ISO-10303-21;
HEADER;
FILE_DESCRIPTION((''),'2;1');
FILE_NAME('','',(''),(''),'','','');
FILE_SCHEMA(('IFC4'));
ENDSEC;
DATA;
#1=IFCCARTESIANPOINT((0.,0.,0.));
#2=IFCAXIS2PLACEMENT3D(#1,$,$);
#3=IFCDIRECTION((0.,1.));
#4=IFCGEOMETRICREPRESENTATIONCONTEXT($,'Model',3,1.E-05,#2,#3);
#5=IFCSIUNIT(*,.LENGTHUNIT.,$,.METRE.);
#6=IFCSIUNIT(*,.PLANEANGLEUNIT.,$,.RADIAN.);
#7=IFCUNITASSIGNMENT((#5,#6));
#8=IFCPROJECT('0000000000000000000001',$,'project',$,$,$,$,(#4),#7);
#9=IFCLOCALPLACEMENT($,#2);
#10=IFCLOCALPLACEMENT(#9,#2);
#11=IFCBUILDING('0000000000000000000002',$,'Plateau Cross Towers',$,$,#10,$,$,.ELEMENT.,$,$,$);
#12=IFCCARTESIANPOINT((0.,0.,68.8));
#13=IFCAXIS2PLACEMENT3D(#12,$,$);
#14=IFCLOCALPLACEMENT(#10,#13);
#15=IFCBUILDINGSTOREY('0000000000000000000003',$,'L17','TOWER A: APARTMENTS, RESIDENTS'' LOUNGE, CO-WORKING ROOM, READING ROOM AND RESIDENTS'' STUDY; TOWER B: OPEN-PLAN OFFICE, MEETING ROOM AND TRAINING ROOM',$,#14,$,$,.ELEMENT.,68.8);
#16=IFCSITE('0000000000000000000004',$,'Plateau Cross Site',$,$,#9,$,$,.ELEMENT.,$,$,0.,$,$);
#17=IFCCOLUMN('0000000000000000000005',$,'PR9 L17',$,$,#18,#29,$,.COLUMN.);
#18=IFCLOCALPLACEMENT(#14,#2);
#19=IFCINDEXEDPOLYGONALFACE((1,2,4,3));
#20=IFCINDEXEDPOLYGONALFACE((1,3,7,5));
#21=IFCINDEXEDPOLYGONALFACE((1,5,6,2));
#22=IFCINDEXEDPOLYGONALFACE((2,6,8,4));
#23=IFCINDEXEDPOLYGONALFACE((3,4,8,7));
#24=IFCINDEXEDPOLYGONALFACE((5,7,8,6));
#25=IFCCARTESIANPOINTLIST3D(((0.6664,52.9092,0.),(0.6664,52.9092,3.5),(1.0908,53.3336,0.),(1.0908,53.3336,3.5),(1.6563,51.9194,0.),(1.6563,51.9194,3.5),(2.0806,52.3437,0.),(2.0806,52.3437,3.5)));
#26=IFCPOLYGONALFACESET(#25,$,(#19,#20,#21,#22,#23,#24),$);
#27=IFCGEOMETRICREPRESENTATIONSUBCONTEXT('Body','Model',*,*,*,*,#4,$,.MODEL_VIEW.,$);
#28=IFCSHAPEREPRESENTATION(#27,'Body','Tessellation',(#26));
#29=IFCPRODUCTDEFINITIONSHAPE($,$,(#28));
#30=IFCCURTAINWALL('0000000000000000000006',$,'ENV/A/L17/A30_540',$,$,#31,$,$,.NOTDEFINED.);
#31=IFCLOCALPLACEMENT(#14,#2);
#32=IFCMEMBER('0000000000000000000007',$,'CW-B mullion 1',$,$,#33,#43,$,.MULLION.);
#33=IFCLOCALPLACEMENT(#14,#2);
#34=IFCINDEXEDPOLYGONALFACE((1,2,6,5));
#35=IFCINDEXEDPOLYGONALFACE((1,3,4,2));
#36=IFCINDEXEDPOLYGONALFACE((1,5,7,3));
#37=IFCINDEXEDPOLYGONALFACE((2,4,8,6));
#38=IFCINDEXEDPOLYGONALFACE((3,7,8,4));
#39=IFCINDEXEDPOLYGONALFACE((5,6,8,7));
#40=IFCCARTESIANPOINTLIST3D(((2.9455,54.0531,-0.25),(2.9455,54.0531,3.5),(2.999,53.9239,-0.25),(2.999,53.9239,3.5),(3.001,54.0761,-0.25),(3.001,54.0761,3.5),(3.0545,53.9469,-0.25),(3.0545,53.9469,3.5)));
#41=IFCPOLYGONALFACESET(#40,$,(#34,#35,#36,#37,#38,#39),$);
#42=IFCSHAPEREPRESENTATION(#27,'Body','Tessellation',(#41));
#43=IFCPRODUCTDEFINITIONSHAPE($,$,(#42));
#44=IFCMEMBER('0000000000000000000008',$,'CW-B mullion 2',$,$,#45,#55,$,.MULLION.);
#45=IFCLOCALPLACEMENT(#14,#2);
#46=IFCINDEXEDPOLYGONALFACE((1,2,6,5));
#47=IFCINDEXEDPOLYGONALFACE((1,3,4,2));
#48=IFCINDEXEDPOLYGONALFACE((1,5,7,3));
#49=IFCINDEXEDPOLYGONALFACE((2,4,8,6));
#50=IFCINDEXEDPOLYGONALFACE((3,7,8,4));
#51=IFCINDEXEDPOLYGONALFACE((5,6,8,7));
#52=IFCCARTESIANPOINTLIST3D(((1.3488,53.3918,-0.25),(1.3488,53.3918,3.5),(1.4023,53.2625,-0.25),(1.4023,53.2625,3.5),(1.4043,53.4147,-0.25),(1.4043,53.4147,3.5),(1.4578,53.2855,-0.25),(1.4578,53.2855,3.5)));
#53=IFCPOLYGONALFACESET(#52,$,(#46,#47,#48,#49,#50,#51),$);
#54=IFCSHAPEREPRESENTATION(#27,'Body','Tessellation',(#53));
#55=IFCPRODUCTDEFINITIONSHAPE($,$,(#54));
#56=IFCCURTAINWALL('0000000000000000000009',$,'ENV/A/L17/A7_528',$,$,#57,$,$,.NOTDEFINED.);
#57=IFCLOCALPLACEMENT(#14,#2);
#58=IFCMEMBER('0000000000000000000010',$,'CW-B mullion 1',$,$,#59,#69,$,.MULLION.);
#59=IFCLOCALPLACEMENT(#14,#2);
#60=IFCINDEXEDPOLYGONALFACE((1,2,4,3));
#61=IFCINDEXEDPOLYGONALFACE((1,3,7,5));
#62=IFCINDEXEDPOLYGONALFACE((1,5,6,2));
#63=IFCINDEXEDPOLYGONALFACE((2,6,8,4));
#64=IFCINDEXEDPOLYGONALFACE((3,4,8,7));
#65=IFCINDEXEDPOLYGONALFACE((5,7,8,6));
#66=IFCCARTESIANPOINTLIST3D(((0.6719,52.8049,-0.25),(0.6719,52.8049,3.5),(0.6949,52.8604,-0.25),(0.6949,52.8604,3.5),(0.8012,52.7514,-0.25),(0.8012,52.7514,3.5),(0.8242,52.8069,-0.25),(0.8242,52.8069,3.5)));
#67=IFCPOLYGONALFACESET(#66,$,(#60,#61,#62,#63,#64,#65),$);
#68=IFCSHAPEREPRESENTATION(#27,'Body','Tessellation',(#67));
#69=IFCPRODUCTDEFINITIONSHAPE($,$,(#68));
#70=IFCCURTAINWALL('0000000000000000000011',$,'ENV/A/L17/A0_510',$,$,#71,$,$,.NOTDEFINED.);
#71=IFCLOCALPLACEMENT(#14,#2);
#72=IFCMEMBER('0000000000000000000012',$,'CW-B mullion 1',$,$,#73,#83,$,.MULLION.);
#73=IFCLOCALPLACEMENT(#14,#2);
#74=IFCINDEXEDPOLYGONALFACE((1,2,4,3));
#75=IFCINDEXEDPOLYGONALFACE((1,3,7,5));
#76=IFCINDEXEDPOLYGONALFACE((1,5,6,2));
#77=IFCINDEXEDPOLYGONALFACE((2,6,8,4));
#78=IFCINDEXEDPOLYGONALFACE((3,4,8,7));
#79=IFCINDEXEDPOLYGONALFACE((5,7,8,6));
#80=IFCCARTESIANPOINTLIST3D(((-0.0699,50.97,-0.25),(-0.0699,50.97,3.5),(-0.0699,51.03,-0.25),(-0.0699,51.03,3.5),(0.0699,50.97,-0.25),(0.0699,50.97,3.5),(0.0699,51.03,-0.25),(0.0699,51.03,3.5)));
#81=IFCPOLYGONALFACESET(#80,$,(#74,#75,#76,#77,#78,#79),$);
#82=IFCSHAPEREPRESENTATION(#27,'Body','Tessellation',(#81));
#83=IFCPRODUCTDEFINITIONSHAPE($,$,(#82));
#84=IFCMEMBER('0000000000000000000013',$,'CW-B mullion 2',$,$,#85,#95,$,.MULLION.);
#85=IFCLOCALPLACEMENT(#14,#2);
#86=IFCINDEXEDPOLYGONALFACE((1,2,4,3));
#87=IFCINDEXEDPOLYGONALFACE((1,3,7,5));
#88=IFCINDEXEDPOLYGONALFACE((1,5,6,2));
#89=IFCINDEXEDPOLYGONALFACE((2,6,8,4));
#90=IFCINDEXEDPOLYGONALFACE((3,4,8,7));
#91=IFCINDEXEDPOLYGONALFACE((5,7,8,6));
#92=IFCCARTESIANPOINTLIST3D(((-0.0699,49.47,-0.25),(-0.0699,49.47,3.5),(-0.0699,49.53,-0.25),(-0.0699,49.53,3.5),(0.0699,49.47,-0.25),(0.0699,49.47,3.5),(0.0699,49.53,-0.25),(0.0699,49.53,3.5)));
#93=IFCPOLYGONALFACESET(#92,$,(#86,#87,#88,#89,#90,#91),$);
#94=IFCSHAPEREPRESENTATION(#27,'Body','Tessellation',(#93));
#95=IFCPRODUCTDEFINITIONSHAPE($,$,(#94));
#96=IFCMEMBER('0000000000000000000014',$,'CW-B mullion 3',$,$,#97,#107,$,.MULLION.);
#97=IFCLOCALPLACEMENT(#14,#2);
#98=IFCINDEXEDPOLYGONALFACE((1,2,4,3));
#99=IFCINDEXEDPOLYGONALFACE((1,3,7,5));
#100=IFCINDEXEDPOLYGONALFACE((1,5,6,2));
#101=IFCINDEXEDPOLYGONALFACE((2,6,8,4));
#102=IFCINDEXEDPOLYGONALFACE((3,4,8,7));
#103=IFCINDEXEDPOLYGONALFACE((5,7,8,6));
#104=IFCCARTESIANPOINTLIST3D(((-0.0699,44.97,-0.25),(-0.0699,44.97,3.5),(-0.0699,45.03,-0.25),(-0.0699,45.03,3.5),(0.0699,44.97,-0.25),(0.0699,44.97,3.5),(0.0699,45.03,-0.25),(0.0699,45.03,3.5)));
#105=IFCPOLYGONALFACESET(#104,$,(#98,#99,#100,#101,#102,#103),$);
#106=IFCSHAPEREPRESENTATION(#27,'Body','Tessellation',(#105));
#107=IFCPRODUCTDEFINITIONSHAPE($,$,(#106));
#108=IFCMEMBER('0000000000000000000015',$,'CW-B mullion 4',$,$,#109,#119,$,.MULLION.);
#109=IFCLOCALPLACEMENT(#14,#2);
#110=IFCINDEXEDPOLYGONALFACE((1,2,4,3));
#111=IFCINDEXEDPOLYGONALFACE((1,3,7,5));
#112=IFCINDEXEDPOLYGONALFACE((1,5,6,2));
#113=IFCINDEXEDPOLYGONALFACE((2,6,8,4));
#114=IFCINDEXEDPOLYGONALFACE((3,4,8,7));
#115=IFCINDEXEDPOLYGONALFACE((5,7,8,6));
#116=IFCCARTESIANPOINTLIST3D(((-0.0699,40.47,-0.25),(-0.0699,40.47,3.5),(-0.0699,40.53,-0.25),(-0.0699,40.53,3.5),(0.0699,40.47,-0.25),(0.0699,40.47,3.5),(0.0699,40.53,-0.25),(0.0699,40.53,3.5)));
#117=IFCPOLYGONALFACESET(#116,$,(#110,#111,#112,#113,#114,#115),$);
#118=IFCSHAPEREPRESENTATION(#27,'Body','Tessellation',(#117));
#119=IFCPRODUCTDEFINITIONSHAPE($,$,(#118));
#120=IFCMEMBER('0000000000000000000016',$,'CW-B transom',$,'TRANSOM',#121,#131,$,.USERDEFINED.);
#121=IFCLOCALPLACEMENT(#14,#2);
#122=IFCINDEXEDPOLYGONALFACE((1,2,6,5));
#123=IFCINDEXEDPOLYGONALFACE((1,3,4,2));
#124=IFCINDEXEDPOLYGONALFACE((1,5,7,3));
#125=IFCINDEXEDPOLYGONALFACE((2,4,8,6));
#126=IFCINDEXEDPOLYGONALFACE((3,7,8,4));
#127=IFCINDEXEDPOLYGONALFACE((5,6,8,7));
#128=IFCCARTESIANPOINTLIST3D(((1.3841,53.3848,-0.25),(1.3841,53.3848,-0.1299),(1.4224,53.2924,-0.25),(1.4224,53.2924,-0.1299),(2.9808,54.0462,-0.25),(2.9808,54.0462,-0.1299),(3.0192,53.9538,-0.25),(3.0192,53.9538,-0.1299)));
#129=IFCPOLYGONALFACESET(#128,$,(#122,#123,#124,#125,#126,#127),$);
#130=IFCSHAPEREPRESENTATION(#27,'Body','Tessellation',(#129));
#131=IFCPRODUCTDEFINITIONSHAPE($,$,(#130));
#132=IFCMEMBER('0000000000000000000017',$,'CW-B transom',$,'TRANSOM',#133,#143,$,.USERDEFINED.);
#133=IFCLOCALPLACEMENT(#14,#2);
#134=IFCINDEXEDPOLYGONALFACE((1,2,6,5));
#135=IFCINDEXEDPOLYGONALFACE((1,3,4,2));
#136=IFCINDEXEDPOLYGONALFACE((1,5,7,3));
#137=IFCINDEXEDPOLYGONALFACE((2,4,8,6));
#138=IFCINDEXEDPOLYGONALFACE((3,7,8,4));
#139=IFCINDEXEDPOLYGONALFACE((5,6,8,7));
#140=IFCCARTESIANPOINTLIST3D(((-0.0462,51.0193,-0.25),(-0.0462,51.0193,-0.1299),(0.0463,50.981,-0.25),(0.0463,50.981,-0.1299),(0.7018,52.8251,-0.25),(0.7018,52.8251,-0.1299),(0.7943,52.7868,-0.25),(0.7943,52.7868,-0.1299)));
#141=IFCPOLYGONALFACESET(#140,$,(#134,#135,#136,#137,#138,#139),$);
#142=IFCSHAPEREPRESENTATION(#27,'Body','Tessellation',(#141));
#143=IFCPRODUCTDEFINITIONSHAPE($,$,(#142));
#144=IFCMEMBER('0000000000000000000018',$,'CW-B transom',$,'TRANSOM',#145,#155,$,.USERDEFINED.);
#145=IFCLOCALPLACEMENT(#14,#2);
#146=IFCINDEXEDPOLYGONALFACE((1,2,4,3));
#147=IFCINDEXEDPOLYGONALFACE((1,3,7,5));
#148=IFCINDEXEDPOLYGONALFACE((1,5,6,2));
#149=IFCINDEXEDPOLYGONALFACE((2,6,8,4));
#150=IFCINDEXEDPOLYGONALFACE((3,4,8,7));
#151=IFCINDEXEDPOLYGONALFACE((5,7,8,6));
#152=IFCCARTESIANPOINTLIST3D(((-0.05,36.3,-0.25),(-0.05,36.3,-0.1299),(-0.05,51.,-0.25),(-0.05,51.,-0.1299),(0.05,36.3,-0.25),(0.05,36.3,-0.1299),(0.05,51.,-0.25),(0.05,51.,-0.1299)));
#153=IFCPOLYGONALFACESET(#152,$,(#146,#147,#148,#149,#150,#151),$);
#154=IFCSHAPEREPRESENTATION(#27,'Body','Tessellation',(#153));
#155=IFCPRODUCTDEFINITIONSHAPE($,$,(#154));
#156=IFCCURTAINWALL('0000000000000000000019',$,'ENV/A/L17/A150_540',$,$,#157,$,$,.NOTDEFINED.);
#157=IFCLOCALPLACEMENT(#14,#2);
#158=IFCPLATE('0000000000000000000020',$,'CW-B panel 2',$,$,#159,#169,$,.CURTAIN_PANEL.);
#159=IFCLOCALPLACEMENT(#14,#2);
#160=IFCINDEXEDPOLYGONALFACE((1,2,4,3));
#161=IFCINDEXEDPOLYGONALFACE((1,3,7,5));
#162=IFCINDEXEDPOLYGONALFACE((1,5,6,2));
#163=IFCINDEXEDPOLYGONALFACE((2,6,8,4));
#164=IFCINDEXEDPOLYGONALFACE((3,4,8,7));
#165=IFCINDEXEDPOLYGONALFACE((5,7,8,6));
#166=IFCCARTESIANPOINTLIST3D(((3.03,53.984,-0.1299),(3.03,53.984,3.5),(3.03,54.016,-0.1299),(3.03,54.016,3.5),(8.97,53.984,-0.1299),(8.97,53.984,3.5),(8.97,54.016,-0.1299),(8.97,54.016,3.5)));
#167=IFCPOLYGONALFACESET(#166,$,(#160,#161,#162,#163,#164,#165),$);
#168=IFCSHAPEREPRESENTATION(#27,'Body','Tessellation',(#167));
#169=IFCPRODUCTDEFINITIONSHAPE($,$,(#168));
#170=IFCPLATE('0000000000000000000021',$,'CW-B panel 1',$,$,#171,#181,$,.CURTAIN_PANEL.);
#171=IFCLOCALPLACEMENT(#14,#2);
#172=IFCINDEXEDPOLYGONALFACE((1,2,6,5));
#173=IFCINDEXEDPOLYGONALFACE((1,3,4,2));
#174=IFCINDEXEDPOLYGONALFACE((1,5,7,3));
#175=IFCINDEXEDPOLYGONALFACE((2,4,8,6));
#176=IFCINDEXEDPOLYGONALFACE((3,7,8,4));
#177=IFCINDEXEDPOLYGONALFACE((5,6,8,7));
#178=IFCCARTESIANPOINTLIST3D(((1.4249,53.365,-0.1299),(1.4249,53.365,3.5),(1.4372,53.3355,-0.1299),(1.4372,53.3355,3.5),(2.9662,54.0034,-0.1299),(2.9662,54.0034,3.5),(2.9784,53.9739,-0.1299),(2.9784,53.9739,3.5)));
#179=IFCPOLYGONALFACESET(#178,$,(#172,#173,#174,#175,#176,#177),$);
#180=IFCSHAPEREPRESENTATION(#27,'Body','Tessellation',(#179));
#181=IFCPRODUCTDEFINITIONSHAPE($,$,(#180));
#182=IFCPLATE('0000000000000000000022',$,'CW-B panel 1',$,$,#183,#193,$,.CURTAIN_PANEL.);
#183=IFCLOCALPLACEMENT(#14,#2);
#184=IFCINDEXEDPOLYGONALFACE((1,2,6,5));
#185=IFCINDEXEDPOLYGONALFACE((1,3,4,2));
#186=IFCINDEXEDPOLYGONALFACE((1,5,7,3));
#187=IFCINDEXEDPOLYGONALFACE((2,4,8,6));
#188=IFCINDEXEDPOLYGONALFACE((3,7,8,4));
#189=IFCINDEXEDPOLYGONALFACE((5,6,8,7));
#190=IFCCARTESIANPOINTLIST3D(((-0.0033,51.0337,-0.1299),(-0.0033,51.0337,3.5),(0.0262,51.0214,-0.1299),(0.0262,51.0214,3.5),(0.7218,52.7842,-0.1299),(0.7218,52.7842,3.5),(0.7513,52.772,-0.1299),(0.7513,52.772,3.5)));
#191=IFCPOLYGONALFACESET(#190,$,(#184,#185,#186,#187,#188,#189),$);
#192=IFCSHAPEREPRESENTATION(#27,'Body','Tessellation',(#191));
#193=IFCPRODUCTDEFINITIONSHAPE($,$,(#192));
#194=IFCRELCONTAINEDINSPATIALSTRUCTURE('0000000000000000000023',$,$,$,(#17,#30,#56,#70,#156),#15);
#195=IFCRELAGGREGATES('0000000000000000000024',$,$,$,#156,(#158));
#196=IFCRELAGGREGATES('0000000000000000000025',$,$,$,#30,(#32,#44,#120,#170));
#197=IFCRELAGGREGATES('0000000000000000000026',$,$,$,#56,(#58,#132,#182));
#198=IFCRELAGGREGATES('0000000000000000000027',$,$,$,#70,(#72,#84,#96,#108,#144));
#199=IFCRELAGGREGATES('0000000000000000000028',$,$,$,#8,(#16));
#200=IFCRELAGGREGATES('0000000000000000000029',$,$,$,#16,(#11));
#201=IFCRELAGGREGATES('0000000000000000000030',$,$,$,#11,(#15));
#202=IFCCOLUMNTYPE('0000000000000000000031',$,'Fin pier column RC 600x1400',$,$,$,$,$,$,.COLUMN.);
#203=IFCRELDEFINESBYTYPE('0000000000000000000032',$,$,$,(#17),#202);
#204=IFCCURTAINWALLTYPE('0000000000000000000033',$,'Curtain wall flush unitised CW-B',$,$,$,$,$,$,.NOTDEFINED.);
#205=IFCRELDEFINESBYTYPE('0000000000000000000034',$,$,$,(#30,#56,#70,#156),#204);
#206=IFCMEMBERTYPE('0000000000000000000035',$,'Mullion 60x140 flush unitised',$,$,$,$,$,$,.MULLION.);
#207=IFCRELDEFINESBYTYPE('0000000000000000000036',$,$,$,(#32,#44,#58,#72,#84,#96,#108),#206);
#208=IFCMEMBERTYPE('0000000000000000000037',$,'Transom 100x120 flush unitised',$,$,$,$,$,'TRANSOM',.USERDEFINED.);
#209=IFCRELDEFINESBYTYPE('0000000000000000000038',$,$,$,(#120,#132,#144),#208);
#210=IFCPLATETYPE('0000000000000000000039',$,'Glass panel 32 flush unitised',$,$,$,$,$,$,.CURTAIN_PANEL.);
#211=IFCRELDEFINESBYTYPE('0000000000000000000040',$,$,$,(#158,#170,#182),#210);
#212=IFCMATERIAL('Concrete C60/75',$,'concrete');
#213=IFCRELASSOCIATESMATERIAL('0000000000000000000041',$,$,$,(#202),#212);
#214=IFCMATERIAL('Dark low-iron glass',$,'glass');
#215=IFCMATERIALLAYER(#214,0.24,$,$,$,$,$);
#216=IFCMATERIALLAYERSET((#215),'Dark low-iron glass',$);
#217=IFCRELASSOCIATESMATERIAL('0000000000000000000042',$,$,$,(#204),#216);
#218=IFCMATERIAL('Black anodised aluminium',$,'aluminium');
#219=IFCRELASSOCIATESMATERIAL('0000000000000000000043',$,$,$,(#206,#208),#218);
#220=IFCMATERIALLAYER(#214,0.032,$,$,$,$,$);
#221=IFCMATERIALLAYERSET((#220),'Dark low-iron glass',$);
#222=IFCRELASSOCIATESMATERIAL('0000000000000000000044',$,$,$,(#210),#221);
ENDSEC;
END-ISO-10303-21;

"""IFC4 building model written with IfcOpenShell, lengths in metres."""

from ifc_helpers import new_model, si_unit, direction, frame, origin, origin_2d, place, context, subcontext, project, spatial, rectangle, extrude, material, layer, layer_set, material_profile, profile_set, type_object, element, aggregate, save


model = new_model("IFC4")

# Units and contexts
model_context = context("Model", 3, precision=1e-05, world=origin(), true_north=direction((0.0, 1.0)))
body_context = subcontext(model_context, "Body", "Model", "MODEL_VIEW")
ifc_project = project(units=[si_unit("LENGTHUNIT", "METRE"), si_unit("PLANEANGLEUNIT", "RADIAN")], contexts=[model_context])

# Site, building, storey
site_placement = place(None, origin())
site = spatial("IfcSite", under=ifc_project, at=site_placement, Name="Plateau Cross Site", CompositionType="ELEMENT", RefElevation=0.0)
building_placement = place(site_placement, origin())
building = spatial("IfcBuilding", under=site, at=building_placement, Name="Plateau Cross Towers", CompositionType="ELEMENT")
storey_placement = place(building_placement, frame((0.0, 0.0, 68.8)))
storey = spatial("IfcBuildingStorey", under=building, at=storey_placement, Name="L17", Description="TOWER A: APARTMENTS, RESIDENTS' LOUNGE, CO-WORKING ROOM, READING ROOM AND RESIDENTS' STUDY; TOWER B: OPEN-PLAN OFFICE, MEETING ROOM AND TRAINING ROOM", CompositionType="ELEMENT", Elevation=68.8)

# Column
ifc_material_1 = material(Name="Concrete C60/75", Category="concrete")
ifc_material_profile_1 = material_profile(ifc_material_1, rectangle(XDim=0.6001, YDim=1.3999, at=origin_2d()), Name="RC 600x1400")
ifc_profile_set_1 = profile_set([ifc_material_profile_1], Name="Concrete C60/75")
column_type = type_object("IfcColumnType", Name="Fin pier column RC 600x1400", PredefinedType="COLUMN", material=ifc_profile_set_1)
column_placement = place(storey_placement, frame((1.3735, 52.6265, 0.0), z_axis=(0.0, 0.0, 1.0), x_axis=(0.707107, 0.707107, 0.0)))
element("IfcColumn", 1, at=column_placement, inside=storey, type_object=column_type, Name="PR9 L17", PredefinedType="COLUMN", context=body_context, shape_type="SweptSolid", body=[
    extrude(rectangle(XDim=0.6001, YDim=1.3999, at=origin_2d()), origin(), (0.0, 0.0, 1.0), 3.5),
])

# Curtain wall, members
ifc_material_2 = material(Name="Dark low-iron glass", Category="glass")
ifc_layer_1 = layer(ifc_material_2, 0.24)
ifc_layer_set_1 = layer_set([ifc_layer_1], Name="Dark low-iron glass")
curtain_wall_type = type_object("IfcCurtainWallType", Name="Curtain wall flush unitised CW-B", PredefinedType="NOTDEFINED", material=ifc_layer_set_1)
curtain_wall_1_placement = place(storey_placement, origin())
curtain_wall_1 = element("IfcCurtainWall", 2, at=curtain_wall_1_placement, inside=storey, type_object=curtain_wall_type, Name="ENV/A/L17/A30_540", PredefinedType="NOTDEFINED")
ifc_material_3 = material(Name="Black anodised aluminium", Category="aluminium")
ifc_material_profile_2 = material_profile(ifc_material_3, rectangle(XDim=0.0601, YDim=0.1399, at=origin_2d()), Name="MULLION 60x140")
ifc_profile_set_2 = profile_set([ifc_material_profile_2], Name="Black anodised aluminium")
member_type_1 = type_object("IfcMemberType", Name="Mullion 60x140 flush unitised", PredefinedType="MULLION", material=ifc_profile_set_2)
member_1_placement = place(storey_placement, frame((3.0, 54.0, -0.25), z_axis=(0.0, 0.0, 1.0), x_axis=(-0.923879, -0.382684, 0.0)))
member_1 = element("IfcMember", 3, at=member_1_placement, type_object=member_type_1, Name="CW-B mullion 1", PredefinedType="MULLION", context=body_context, shape_type="SweptSolid", body=[
    extrude(rectangle(XDim=0.0601, YDim=0.1399, at=origin_2d()), origin(), (0.0, 0.0, 1.0), 3.75),
])
member_2_placement = place(storey_placement, frame((1.4033, 53.3386, -0.25), z_axis=(0.0, 0.0, 1.0), x_axis=(-0.923879, -0.382684, 0.0)))
member_2 = element("IfcMember", 4, at=member_2_placement, type_object=member_type_1, Name="CW-B mullion 2", PredefinedType="MULLION", context=body_context, shape_type="SweptSolid", body=[
    extrude(rectangle(XDim=0.0601, YDim=0.1399, at=origin_2d()), origin(), (0.0, 0.0, 1.0), 3.75),
])

# Curtain wall, member
curtain_wall_2_placement = place(storey_placement, origin())
curtain_wall_2 = element("IfcCurtainWall", 5, at=curtain_wall_2_placement, inside=storey, type_object=curtain_wall_type, Name="ENV/A/L17/A7_528", PredefinedType="NOTDEFINED")
member_3_placement = place(storey_placement, frame((0.748, 52.8059, -0.25), z_axis=(0.0, 0.0, 1.0), x_axis=(-0.382684, -0.923879, 0.0)))
member_3 = element("IfcMember", 6, at=member_3_placement, type_object=member_type_1, Name="CW-B mullion 1", PredefinedType="MULLION", context=body_context, shape_type="SweptSolid", body=[
    extrude(rectangle(XDim=0.0601, YDim=0.1399, at=origin_2d()), origin(), (0.0, 0.0, 1.0), 3.75),
])

# Curtain wall, members
curtain_wall_3_placement = place(storey_placement, origin())
curtain_wall_3 = element("IfcCurtainWall", 7, at=curtain_wall_3_placement, inside=storey, type_object=curtain_wall_type, Name="ENV/A/L17/A0_510", PredefinedType="NOTDEFINED")
member_4_placement = place(storey_placement, frame((0.0, 51.0, -0.25), z_axis=(0.0, 0.0, 1.0), x_axis=(0.0, -1.0, 0.0)))
member_4 = element("IfcMember", 8, at=member_4_placement, type_object=member_type_1, Name="CW-B mullion 1", PredefinedType="MULLION", context=body_context, shape_type="SweptSolid", body=[
    extrude(rectangle(XDim=0.0601, YDim=0.1399, at=origin_2d()), origin(), (0.0, 0.0, 1.0), 3.75),
])
member_5_placement = place(storey_placement, frame((0.0, 49.5, -0.25), z_axis=(0.0, 0.0, 1.0), x_axis=(0.0, -1.0, 0.0)))
member_5 = element("IfcMember", 9, at=member_5_placement, type_object=member_type_1, Name="CW-B mullion 2", PredefinedType="MULLION", context=body_context, shape_type="SweptSolid", body=[
    extrude(rectangle(XDim=0.0601, YDim=0.1399, at=origin_2d()), origin(), (0.0, 0.0, 1.0), 3.75),
])
member_6_placement = place(storey_placement, frame((0.0, 45.0, -0.25), z_axis=(0.0, 0.0, 1.0), x_axis=(0.0, -1.0, 0.0)))
member_6 = element("IfcMember", 10, at=member_6_placement, type_object=member_type_1, Name="CW-B mullion 3", PredefinedType="MULLION", context=body_context, shape_type="SweptSolid", body=[
    extrude(rectangle(XDim=0.0601, YDim=0.1399, at=origin_2d()), origin(), (0.0, 0.0, 1.0), 3.75),
])
member_7_placement = place(storey_placement, frame((0.0, 40.5, -0.25), z_axis=(0.0, 0.0, 1.0), x_axis=(0.0, -1.0, 0.0)))
member_7 = element("IfcMember", 11, at=member_7_placement, type_object=member_type_1, Name="CW-B mullion 4", PredefinedType="MULLION", context=body_context, shape_type="SweptSolid", body=[
    extrude(rectangle(XDim=0.0601, YDim=0.1399, at=origin_2d()), origin(), (0.0, 0.0, 1.0), 3.75),
])

# Members
ifc_material_profile_3 = material_profile(ifc_material_3, rectangle(XDim=0.1001, YDim=0.1201, at=origin_2d()), Name="TRANSOM 100x120")
ifc_profile_set_3 = profile_set([ifc_material_profile_3], Name="Black anodised aluminium")
member_type_2 = type_object("IfcMemberType", Name="Transom 100x120 flush unitised", ElementType="TRANSOM", PredefinedType="USERDEFINED", material=ifc_profile_set_3)
member_8_placement = place(storey_placement, frame((3.0, 54.0, -0.1899), z_axis=(-0.923877, -0.382689, 0.0), x_axis=(0.382689, -0.923877, 0.0)))
member_8 = element("IfcMember", 12, at=member_8_placement, type_object=member_type_2, Name="CW-B transom", ObjectType="TRANSOM", PredefinedType="USERDEFINED", context=body_context, shape_type="SweptSolid", body=[
    extrude(rectangle(XDim=0.1001, YDim=0.1201, at=origin_2d()), origin(), (0.0, 0.0, 1.0), 1.7283),
])
member_9_placement = place(storey_placement, frame((0.748, 52.8059, -0.1899), z_axis=(-0.38269, -0.923877, 0.0), x_axis=(0.923877, -0.38269, 0.0)))
member_9 = element("IfcMember", 13, at=member_9_placement, type_object=member_type_2, Name="CW-B transom", ObjectType="TRANSOM", PredefinedType="USERDEFINED", context=body_context, shape_type="SweptSolid", body=[
    extrude(rectangle(XDim=0.1001, YDim=0.1201, at=origin_2d()), origin(), (0.0, 0.0, 1.0), 1.9546),
])
member_10_placement = place(storey_placement, frame((0.0, 51.0, -0.1899), z_axis=(0.0, -1.0, 0.0), x_axis=(1.0, 0.0, 0.0)))
member_10 = element("IfcMember", 14, at=member_10_placement, type_object=member_type_2, Name="CW-B transom", ObjectType="TRANSOM", PredefinedType="USERDEFINED", context=body_context, shape_type="SweptSolid", body=[
    extrude(rectangle(XDim=0.1001, YDim=0.1201, at=origin_2d()), origin(), (0.0, 0.0, 1.0), 14.7),
])

# Curtain wall, plate
curtain_wall_4_placement = place(storey_placement, origin())
curtain_wall_4 = element("IfcCurtainWall", 15, at=curtain_wall_4_placement, inside=storey, type_object=curtain_wall_type, Name="ENV/A/L17/A150_540", PredefinedType="NOTDEFINED")
ifc_layer_2 = layer(ifc_material_2, 0.032)
ifc_layer_set_2 = layer_set([ifc_layer_2], Name="Dark low-iron glass")
plate_type = type_object("IfcPlateType", Name="Glass panel 32 flush unitised", PredefinedType="CURTAIN_PANEL", material=ifc_layer_set_2)
plate_1_placement = place(storey_placement, frame((6.0, 54.0, -0.1299), z_axis=(0.0, 0.0, 1.0), x_axis=(-1.0, 0.0, 0.0)))
plate_1 = element("IfcPlate", 16, at=plate_1_placement, type_object=plate_type, Name="CW-B panel 2", PredefinedType="CURTAIN_PANEL", context=body_context, shape_type="SweptSolid", body=[
    extrude(rectangle(XDim=5.9399, YDim=0.032, at=origin_2d()), origin(), (0.0, 0.0, 1.0), 3.6299),
])
aggregate(curtain_wall_4, [plate_1])

# Plates
plate_2_placement = place(storey_placement, frame((2.2017, 53.6694, -0.1299), z_axis=(0.0, 0.0, 1.0), x_axis=(-0.923879, -0.382684, 0.0)))
plate_2 = element("IfcPlate", 17, at=plate_2_placement, type_object=plate_type, Name="CW-B panel 1", PredefinedType="CURTAIN_PANEL", context=body_context, shape_type="SweptSolid", body=[
    extrude(rectangle(XDim=1.6682, YDim=0.032, at=origin_2d()), origin(), (0.0, 0.0, 1.0), 3.6299),
])
aggregate(curtain_wall_1, [member_1, member_2, member_8, plate_2])
plate_3_placement = place(storey_placement, frame((0.374, 51.9028, -0.1299), z_axis=(0.0, 0.0, 1.0), x_axis=(-0.382684, -0.923879, 0.0)))
plate_3 = element("IfcPlate", 18, at=plate_3_placement, type_object=plate_type, Name="CW-B panel 1", PredefinedType="CURTAIN_PANEL", context=body_context, shape_type="SweptSolid", body=[
    extrude(rectangle(XDim=1.8948, YDim=0.032, at=origin_2d()), origin(), (0.0, 0.0, 1.0), 3.6299),
])
aggregate(curtain_wall_2, [member_3, member_9, plate_3])
aggregate(curtain_wall_3, [member_4, member_5, member_6, member_7, member_10])

save(model, "model.ifc")
